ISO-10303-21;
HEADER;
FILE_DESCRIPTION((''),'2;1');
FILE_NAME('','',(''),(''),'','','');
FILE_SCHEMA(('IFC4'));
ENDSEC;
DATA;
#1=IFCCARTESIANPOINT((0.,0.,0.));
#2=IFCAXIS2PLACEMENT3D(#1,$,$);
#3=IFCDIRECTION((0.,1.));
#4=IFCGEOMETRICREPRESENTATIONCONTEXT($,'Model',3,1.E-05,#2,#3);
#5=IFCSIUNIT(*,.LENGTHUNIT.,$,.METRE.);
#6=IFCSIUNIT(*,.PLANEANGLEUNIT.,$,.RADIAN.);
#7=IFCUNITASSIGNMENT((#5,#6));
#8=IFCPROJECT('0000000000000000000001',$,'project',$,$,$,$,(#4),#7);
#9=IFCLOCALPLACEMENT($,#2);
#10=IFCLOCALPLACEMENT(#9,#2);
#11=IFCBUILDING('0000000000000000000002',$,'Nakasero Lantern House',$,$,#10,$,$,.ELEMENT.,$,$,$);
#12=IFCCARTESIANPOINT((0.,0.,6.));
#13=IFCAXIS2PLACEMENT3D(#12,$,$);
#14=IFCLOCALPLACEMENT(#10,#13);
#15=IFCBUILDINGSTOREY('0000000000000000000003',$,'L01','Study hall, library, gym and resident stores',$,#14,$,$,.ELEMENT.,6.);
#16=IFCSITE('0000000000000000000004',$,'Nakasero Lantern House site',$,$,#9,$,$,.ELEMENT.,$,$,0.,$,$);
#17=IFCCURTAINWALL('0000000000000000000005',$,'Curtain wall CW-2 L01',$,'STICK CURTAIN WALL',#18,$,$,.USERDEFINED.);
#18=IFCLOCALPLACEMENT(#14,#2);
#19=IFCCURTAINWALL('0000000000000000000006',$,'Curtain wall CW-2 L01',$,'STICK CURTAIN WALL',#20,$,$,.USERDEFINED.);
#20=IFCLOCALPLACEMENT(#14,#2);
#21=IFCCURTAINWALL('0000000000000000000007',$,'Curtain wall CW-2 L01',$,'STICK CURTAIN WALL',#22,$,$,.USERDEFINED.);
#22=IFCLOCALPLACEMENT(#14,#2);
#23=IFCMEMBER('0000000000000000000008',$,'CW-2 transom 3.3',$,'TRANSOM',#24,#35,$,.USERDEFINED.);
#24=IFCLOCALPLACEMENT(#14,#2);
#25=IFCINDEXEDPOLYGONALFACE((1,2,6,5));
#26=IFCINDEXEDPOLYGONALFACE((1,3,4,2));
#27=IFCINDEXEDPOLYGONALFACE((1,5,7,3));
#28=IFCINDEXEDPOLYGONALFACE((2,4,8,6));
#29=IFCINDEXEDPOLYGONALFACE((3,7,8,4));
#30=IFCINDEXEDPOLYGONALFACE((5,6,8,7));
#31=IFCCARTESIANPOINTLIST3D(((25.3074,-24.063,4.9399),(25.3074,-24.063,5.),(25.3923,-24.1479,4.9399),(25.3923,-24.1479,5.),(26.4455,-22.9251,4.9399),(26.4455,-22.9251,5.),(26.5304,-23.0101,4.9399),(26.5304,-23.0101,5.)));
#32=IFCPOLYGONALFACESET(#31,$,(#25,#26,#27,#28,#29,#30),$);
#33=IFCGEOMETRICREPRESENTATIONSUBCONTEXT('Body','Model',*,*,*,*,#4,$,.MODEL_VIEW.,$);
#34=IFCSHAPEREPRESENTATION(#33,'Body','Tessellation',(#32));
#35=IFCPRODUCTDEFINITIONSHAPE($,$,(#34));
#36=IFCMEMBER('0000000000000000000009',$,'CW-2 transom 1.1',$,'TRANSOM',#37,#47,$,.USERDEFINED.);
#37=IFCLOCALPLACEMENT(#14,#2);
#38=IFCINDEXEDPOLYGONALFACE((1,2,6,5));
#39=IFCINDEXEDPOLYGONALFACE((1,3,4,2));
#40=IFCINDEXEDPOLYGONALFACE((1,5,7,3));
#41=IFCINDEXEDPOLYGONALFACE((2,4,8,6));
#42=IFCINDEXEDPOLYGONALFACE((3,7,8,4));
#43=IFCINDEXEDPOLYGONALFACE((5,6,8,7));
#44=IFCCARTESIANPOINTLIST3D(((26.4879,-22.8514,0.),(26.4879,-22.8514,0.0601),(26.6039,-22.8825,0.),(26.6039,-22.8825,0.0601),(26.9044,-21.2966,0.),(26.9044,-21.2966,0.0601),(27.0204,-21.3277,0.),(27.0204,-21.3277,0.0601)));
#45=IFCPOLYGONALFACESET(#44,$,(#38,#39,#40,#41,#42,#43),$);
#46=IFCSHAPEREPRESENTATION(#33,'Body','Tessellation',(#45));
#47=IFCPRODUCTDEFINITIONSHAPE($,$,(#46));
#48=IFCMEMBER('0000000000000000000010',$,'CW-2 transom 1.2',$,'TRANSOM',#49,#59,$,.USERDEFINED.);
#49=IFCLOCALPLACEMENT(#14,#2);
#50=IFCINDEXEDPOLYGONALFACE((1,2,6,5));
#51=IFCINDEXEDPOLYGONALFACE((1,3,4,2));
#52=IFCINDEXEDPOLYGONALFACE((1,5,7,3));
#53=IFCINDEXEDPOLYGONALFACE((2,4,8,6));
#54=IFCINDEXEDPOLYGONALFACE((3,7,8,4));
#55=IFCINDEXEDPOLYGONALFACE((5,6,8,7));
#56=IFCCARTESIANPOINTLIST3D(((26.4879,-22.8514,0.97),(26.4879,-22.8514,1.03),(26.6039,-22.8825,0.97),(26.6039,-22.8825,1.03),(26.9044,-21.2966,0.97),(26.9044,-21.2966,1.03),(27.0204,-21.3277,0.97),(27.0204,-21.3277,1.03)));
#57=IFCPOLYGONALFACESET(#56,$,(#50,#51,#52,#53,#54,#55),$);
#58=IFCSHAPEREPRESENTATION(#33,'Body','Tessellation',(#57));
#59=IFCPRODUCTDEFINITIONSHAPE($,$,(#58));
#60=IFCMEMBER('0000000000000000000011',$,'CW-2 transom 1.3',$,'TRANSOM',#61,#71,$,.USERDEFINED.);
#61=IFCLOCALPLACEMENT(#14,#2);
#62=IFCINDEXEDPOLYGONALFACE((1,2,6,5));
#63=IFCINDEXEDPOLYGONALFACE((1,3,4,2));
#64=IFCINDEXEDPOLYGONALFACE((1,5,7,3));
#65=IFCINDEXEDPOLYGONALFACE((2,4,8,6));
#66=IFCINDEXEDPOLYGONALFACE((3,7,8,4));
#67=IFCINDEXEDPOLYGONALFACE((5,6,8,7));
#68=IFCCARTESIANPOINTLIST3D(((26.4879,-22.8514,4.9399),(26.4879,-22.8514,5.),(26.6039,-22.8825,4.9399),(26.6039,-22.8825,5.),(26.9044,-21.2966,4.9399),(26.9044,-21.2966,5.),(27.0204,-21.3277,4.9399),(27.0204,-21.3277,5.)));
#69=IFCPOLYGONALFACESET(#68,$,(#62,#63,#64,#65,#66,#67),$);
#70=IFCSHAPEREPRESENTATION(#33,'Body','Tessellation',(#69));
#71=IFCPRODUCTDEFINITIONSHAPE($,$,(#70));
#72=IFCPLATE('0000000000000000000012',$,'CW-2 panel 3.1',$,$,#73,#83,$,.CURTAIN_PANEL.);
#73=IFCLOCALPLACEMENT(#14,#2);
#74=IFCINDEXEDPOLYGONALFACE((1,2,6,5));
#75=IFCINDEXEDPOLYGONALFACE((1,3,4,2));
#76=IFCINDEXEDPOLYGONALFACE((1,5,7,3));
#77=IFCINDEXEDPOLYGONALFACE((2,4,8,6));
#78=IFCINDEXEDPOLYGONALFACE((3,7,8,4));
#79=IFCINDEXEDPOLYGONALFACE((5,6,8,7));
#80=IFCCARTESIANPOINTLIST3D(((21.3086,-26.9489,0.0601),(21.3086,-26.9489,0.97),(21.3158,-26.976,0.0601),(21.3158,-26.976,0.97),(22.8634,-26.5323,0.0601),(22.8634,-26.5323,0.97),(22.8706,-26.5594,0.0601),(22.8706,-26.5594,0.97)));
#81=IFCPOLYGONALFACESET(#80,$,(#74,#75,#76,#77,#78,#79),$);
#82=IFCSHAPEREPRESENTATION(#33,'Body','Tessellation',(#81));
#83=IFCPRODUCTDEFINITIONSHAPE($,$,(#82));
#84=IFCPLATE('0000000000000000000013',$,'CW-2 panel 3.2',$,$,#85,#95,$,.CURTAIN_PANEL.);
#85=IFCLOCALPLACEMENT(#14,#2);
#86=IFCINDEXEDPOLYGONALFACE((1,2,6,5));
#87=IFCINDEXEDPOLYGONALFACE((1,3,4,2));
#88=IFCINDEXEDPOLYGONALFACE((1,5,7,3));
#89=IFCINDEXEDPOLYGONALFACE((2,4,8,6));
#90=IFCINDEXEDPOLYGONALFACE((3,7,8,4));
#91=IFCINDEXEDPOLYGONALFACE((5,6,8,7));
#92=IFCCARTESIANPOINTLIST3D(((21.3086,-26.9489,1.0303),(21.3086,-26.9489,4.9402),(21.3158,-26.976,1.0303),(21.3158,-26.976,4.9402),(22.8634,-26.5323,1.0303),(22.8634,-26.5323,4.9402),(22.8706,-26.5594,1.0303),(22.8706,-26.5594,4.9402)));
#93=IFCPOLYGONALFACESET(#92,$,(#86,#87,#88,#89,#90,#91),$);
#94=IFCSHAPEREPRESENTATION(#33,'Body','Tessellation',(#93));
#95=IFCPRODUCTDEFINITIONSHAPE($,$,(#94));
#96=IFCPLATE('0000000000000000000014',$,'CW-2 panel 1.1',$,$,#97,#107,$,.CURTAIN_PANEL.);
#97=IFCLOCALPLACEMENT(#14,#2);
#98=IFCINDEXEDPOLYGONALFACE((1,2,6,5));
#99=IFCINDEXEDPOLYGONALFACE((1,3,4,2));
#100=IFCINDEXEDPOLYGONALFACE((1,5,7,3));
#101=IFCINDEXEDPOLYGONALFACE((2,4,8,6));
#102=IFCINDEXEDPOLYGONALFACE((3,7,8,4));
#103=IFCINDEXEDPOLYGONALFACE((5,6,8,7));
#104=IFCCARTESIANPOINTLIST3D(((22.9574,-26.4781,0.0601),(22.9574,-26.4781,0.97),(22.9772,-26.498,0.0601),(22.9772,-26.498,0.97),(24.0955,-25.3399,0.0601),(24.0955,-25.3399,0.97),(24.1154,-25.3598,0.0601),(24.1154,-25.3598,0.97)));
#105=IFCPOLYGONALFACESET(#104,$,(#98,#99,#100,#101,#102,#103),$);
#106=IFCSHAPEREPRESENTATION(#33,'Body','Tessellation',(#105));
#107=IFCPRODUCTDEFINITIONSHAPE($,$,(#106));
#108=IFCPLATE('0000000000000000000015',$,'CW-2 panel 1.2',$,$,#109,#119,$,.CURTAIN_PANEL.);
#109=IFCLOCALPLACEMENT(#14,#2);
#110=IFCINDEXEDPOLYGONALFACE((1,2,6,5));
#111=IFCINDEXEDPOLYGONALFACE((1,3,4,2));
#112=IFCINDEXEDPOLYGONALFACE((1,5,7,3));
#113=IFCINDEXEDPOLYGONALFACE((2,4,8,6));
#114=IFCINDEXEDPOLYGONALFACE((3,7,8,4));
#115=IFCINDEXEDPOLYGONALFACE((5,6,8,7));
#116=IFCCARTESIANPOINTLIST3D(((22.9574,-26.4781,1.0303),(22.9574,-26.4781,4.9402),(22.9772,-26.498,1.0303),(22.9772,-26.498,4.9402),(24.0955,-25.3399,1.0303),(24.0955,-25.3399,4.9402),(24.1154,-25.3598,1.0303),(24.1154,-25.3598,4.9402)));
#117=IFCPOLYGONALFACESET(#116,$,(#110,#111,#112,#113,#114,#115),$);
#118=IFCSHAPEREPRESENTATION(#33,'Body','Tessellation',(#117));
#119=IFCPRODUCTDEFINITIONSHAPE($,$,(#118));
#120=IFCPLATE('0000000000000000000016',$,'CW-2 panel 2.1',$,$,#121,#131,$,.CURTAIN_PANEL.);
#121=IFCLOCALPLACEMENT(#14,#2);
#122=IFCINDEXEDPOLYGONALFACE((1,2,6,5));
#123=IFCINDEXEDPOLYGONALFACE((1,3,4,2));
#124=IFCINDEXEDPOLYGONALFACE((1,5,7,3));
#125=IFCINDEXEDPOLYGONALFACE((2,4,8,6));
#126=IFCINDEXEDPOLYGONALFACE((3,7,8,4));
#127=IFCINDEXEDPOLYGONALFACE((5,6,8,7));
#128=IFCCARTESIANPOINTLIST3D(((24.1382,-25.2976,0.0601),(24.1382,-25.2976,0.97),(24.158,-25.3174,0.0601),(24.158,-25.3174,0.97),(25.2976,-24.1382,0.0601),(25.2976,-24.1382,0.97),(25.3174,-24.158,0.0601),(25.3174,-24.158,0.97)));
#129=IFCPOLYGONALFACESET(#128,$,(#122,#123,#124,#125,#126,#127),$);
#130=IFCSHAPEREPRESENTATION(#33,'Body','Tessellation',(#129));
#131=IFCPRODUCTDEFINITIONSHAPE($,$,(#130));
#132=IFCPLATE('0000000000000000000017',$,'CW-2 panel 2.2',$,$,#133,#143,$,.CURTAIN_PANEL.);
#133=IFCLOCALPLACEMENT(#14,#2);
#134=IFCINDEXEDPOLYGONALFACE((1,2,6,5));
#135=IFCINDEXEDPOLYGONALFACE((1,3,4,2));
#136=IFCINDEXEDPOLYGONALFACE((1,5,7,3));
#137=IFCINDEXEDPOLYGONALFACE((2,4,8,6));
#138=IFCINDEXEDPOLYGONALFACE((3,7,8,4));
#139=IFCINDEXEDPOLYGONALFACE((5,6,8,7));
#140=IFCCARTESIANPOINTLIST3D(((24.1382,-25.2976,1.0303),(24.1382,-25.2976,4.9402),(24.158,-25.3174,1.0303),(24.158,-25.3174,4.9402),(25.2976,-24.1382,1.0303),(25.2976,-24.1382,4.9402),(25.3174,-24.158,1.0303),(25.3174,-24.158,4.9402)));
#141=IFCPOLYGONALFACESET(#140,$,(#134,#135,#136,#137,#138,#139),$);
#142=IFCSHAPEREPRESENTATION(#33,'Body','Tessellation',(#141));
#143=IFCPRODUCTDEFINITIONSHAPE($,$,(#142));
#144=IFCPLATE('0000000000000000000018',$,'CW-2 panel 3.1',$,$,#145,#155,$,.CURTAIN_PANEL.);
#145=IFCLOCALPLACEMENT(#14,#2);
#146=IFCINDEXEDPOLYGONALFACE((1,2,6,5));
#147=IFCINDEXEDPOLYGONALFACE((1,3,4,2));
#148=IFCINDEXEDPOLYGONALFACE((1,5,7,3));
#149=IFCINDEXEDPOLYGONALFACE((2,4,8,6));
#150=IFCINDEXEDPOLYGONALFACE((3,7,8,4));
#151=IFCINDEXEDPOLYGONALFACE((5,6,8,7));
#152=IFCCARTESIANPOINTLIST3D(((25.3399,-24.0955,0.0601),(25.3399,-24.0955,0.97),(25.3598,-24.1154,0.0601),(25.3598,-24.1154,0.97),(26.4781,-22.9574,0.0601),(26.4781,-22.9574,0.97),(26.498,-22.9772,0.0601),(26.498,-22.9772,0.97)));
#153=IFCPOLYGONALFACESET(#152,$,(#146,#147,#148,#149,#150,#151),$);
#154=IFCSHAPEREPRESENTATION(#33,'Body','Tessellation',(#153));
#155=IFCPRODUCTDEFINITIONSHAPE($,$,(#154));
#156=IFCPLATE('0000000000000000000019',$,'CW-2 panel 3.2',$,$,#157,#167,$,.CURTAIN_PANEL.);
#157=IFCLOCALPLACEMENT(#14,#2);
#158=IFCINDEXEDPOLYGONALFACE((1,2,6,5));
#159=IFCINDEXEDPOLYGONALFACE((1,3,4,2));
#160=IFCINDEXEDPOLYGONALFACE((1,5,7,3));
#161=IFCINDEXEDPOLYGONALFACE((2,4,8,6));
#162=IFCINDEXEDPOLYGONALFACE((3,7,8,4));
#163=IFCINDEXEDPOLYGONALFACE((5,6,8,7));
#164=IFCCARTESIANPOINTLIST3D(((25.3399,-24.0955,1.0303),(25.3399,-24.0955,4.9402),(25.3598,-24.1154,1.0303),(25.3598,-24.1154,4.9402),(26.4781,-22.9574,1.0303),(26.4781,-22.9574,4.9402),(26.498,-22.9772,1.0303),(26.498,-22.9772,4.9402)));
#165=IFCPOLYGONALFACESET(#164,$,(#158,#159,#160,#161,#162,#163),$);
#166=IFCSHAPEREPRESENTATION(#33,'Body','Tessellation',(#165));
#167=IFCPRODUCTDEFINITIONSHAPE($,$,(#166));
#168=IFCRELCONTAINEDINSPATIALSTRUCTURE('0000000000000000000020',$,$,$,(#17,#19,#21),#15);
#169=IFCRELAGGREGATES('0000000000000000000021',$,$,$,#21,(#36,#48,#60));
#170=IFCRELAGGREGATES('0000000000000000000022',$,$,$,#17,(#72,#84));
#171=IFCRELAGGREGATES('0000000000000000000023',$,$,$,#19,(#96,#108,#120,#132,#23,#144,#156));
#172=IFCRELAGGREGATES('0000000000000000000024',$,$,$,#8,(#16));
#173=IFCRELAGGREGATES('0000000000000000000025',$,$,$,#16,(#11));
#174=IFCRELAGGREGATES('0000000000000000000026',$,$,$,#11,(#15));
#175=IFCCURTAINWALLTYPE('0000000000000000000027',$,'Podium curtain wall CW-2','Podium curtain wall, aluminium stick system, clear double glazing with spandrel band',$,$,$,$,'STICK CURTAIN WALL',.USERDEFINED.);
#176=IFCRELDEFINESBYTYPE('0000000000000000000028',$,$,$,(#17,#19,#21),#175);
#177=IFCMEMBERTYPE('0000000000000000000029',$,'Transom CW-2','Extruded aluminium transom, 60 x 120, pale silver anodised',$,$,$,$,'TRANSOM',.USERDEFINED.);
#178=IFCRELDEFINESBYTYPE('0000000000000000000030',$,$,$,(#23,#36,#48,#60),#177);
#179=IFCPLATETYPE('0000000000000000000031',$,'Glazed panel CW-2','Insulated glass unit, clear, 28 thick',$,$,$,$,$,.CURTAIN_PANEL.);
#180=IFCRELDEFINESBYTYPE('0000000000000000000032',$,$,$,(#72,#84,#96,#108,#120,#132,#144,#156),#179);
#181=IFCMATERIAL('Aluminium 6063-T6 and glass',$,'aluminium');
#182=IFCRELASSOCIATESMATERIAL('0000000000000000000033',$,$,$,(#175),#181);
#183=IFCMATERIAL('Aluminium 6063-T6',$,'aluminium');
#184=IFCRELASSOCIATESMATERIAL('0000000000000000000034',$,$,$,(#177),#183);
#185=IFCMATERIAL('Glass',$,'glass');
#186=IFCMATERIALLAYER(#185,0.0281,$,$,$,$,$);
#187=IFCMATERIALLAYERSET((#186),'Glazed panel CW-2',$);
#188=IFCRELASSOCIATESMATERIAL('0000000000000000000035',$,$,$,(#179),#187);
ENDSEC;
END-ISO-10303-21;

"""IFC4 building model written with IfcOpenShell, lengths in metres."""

from ifc_helpers import new_model, si_unit, direction, frame, origin, origin_2d, place, context, subcontext, project, spatial, rectangle, extrude, material, layer, layer_set, material_profile, profile_set, type_object, element, aggregate, save


model = new_model("IFC4")

# Units and contexts
model_context = context("Model", 3, precision=1e-05, world=origin(), true_north=direction((0.0, 1.0)))
body_context = subcontext(model_context, "Body", "Model", "MODEL_VIEW")
ifc_project = project(units=[si_unit("LENGTHUNIT", "METRE"), si_unit("PLANEANGLEUNIT", "RADIAN")], contexts=[model_context])

# Site, building, storey
site_placement = place(None, origin())
site = spatial("IfcSite", under=ifc_project, at=site_placement, Name="Nakasero Lantern House site", CompositionType="ELEMENT", RefElevation=0.0)
building_placement = place(site_placement, origin())
building = spatial("IfcBuilding", under=site, at=building_placement, Name="Nakasero Lantern House", CompositionType="ELEMENT")
storey_placement = place(building_placement, frame((0.0, 0.0, 6.0)))
storey = spatial("IfcBuildingStorey", under=building, at=storey_placement, Name="L01", Description="Study hall, library, gym and resident stores", CompositionType="ELEMENT", Elevation=6.0)

# Curtain walls
ifc_material_1 = material(Name="Aluminium 6063-T6 and glass", Category="aluminium")
curtain_wall_type = type_object("IfcCurtainWallType", Name="Podium curtain wall CW-2", Description="Podium curtain wall, aluminium stick system, clear double glazing with spandrel band", ElementType="STICK CURTAIN WALL", PredefinedType="USERDEFINED", material=ifc_material_1)
curtain_wall_1_placement = place(storey_placement, origin())
curtain_wall_1 = element("IfcCurtainWall", 1, at=curtain_wall_1_placement, inside=storey, type_object=curtain_wall_type, Name="Curtain wall CW-2 L01", ObjectType="STICK CURTAIN WALL", PredefinedType="USERDEFINED")
curtain_wall_2_placement = place(storey_placement, origin())
curtain_wall_2 = element("IfcCurtainWall", 2, at=curtain_wall_2_placement, inside=storey, type_object=curtain_wall_type, Name="Curtain wall CW-2 L01", ObjectType="STICK CURTAIN WALL", PredefinedType="USERDEFINED")

# Curtain wall
curtain_wall_3_placement = place(storey_placement, origin())
curtain_wall_3 = element("IfcCurtainWall", 3, at=curtain_wall_3_placement, inside=storey, type_object=curtain_wall_type, Name="Curtain wall CW-2 L01", ObjectType="STICK CURTAIN WALL", PredefinedType="USERDEFINED")

# Members
ifc_material_2 = material(Name="Aluminium 6063-T6", Category="aluminium")
ifc_material_profile_1 = material_profile(ifc_material_2, rectangle(XDim=0.0601, YDim=0.1201, at=origin_2d()), Name="CW-2 transom 60x120")
ifc_profile_set_1 = profile_set([ifc_material_profile_1], Name="Aluminium 6063-T6")
member_type_1 = type_object("IfcMemberType", Name="Transom CW-2", Description="Extruded aluminium transom, 60 x 120, pale silver anodised", ElementType="TRANSOM", PredefinedType="USERDEFINED", material=ifc_profile_set_1)
member_1_placement = place(storey_placement, frame((25.3499, -24.1055, 4.97), z_axis=(0.707183, 0.707031, 0.0), x_axis=(0.0, 0.0, 1.0)))
member_1 = element("IfcMember", 4, at=member_1_placement, type_object=member_type_1, Name="CW-2 transom 3.3", ObjectType="TRANSOM", PredefinedType="USERDEFINED", context=body_context, shape_type="SweptSolid", body=[
    extrude(rectangle(XDim=0.0601, YDim=0.1201, at=origin_2d()), origin(), (0.0, 0.0, 1.0), 1.6094),
])
member_2_placement = place(storey_placement, frame((26.5459, -22.8669, 0.03), z_axis=(0.258777, 0.965937, 0.0), x_axis=(0.0, 0.0, 1.0)))
member_2 = element("IfcMember", 5, at=member_2_placement, type_object=member_type_1, Name="CW-2 transom 1.1", ObjectType="TRANSOM", PredefinedType="USERDEFINED", context=body_context, shape_type="SweptSolid", body=[
    extrude(rectangle(XDim=0.0601, YDim=0.1201, at=origin_2d()), origin(), (0.0, 0.0, 1.0), 1.6096),
])
member_3_placement = place(storey_placement, frame((26.5459, -22.8669, 1.0), z_axis=(0.258777, 0.965937, 0.0), x_axis=(0.0, 0.0, 1.0)))
member_3 = element("IfcMember", 6, at=member_3_placement, type_object=member_type_1, Name="CW-2 transom 1.2", ObjectType="TRANSOM", PredefinedType="USERDEFINED", context=body_context, shape_type="SweptSolid", body=[
    extrude(rectangle(XDim=0.0601, YDim=0.1201, at=origin_2d()), origin(), (0.0, 0.0, 1.0), 1.6096),
])
member_4_placement = place(storey_placement, frame((26.5459, -22.8669, 4.97), z_axis=(0.258777, 0.965937, 0.0), x_axis=(0.0, 0.0, 1.0)))
member_4 = element("IfcMember", 7, at=member_4_placement, type_object=member_type_1, Name="CW-2 transom 1.3", ObjectType="TRANSOM", PredefinedType="USERDEFINED", context=body_context, shape_type="SweptSolid", body=[
    extrude(rectangle(XDim=0.0601, YDim=0.1201, at=origin_2d()), origin(), (0.0, 0.0, 1.0), 1.6096),
])
aggregate(curtain_wall_3, [member_2, member_3, member_4])

# Plates
ifc_material_3 = material(Name="Glass", Category="glass")
ifc_layer = layer(ifc_material_3, 0.0281)
ifc_layer_set = layer_set([ifc_layer], Name="Glazed panel CW-2")
plate_type = type_object("IfcPlateType", Name="Glazed panel CW-2", Description="Insulated glass unit, clear, 28 thick", PredefinedType="CURTAIN_PANEL", material=ifc_layer_set)
plate_1_placement = place(storey_placement, frame((22.0896, -26.7542, 0.0601), z_axis=(0.0, 0.0, 1.0), x_axis=(0.965926, 0.258819, 0.0)))
plate_1 = element("IfcPlate", 8, at=plate_1_placement, type_object=plate_type, Name="CW-2 panel 3.1", PredefinedType="CURTAIN_PANEL", context=body_context, shape_type="SweptSolid", body=[
    extrude(rectangle(XDim=1.6096, YDim=0.0281, at=origin_2d()), origin(), (0.0, 0.0, 1.0), 0.9099),
])
plate_2_placement = place(storey_placement, frame((22.0896, -26.7542, 1.0303), z_axis=(0.0, 0.0, 1.0), x_axis=(0.965926, 0.258819, 0.0)))
plate_2 = element("IfcPlate", 9, at=plate_2_placement, type_object=plate_type, Name="CW-2 panel 3.2", PredefinedType="CURTAIN_PANEL", context=body_context, shape_type="SweptSolid", body=[
    extrude(rectangle(XDim=1.6096, YDim=0.0281, at=origin_2d()), origin(), (0.0, 0.0, 1.0), 3.9099),
])
aggregate(curtain_wall_1, [plate_1, plate_2])
plate_3_placement = place(storey_placement, frame((23.5364, -25.9189, 0.0601), z_axis=(0.0, 0.0, 1.0), x_axis=(0.707107, 0.707107, 0.0)))
plate_3 = element("IfcPlate", 10, at=plate_3_placement, type_object=plate_type, Name="CW-2 panel 1.1", PredefinedType="CURTAIN_PANEL", context=body_context, shape_type="SweptSolid", body=[
    extrude(rectangle(XDim=1.6096, YDim=0.0281, at=origin_2d()), origin(), (0.0, 0.0, 1.0), 0.9099),
])
plate_4_placement = place(storey_placement, frame((23.5364, -25.9189, 1.0303), z_axis=(0.0, 0.0, 1.0), x_axis=(0.707107, 0.707107, 0.0)))
plate_4 = element("IfcPlate", 11, at=plate_4_placement, type_object=plate_type, Name="CW-2 panel 1.2", PredefinedType="CURTAIN_PANEL", context=body_context, shape_type="SweptSolid", body=[
    extrude(rectangle(XDim=1.6096, YDim=0.0281, at=origin_2d()), origin(), (0.0, 0.0, 1.0), 3.9099),
])
plate_5_placement = place(storey_placement, frame((24.7278, -24.7278, 0.0601), z_axis=(0.0, 0.0, 1.0), x_axis=(0.707107, 0.707107, 0.0)))
plate_5 = element("IfcPlate", 12, at=plate_5_placement, type_object=plate_type, Name="CW-2 panel 2.1", PredefinedType="CURTAIN_PANEL", context=body_context, shape_type="SweptSolid", body=[
    extrude(rectangle(XDim=1.6396, YDim=0.0281, at=origin_2d()), origin(), (0.0, 0.0, 1.0), 0.9099),
])
plate_6_placement = place(storey_placement, frame((24.7278, -24.7278, 1.0303), z_axis=(0.0, 0.0, 1.0), x_axis=(0.707107, 0.707107, 0.0)))
plate_6 = element("IfcPlate", 13, at=plate_6_placement, type_object=plate_type, Name="CW-2 panel 2.2", PredefinedType="CURTAIN_PANEL", context=body_context, shape_type="SweptSolid", body=[
    extrude(rectangle(XDim=1.6396, YDim=0.0281, at=origin_2d()), origin(), (0.0, 0.0, 1.0), 3.9099),
])
plate_7_placement = place(storey_placement, frame((25.9189, -23.5364, 0.0601), z_axis=(0.0, 0.0, 1.0), x_axis=(0.707107, 0.707107, 0.0)))
plate_7 = element("IfcPlate", 14, at=plate_7_placement, type_object=plate_type, Name="CW-2 panel 3.1", PredefinedType="CURTAIN_PANEL", context=body_context, shape_type="SweptSolid", body=[
    extrude(rectangle(XDim=1.6096, YDim=0.0281, at=origin_2d()), origin(), (0.0, 0.0, 1.0), 0.9099),
])
plate_8_placement = place(storey_placement, frame((25.9189, -23.5364, 1.0303), z_axis=(0.0, 0.0, 1.0), x_axis=(0.707107, 0.707107, 0.0)))
plate_8 = element("IfcPlate", 15, at=plate_8_placement, type_object=plate_type, Name="CW-2 panel 3.2", PredefinedType="CURTAIN_PANEL", context=body_context, shape_type="SweptSolid", body=[
    extrude(rectangle(XDim=1.6096, YDim=0.0281, at=origin_2d()), origin(), (0.0, 0.0, 1.0), 3.9099),
])
aggregate(curtain_wall_2, [plate_3, plate_4, plate_5, plate_6, member_1, plate_7, plate_8])

save(model, "model.ifc")
